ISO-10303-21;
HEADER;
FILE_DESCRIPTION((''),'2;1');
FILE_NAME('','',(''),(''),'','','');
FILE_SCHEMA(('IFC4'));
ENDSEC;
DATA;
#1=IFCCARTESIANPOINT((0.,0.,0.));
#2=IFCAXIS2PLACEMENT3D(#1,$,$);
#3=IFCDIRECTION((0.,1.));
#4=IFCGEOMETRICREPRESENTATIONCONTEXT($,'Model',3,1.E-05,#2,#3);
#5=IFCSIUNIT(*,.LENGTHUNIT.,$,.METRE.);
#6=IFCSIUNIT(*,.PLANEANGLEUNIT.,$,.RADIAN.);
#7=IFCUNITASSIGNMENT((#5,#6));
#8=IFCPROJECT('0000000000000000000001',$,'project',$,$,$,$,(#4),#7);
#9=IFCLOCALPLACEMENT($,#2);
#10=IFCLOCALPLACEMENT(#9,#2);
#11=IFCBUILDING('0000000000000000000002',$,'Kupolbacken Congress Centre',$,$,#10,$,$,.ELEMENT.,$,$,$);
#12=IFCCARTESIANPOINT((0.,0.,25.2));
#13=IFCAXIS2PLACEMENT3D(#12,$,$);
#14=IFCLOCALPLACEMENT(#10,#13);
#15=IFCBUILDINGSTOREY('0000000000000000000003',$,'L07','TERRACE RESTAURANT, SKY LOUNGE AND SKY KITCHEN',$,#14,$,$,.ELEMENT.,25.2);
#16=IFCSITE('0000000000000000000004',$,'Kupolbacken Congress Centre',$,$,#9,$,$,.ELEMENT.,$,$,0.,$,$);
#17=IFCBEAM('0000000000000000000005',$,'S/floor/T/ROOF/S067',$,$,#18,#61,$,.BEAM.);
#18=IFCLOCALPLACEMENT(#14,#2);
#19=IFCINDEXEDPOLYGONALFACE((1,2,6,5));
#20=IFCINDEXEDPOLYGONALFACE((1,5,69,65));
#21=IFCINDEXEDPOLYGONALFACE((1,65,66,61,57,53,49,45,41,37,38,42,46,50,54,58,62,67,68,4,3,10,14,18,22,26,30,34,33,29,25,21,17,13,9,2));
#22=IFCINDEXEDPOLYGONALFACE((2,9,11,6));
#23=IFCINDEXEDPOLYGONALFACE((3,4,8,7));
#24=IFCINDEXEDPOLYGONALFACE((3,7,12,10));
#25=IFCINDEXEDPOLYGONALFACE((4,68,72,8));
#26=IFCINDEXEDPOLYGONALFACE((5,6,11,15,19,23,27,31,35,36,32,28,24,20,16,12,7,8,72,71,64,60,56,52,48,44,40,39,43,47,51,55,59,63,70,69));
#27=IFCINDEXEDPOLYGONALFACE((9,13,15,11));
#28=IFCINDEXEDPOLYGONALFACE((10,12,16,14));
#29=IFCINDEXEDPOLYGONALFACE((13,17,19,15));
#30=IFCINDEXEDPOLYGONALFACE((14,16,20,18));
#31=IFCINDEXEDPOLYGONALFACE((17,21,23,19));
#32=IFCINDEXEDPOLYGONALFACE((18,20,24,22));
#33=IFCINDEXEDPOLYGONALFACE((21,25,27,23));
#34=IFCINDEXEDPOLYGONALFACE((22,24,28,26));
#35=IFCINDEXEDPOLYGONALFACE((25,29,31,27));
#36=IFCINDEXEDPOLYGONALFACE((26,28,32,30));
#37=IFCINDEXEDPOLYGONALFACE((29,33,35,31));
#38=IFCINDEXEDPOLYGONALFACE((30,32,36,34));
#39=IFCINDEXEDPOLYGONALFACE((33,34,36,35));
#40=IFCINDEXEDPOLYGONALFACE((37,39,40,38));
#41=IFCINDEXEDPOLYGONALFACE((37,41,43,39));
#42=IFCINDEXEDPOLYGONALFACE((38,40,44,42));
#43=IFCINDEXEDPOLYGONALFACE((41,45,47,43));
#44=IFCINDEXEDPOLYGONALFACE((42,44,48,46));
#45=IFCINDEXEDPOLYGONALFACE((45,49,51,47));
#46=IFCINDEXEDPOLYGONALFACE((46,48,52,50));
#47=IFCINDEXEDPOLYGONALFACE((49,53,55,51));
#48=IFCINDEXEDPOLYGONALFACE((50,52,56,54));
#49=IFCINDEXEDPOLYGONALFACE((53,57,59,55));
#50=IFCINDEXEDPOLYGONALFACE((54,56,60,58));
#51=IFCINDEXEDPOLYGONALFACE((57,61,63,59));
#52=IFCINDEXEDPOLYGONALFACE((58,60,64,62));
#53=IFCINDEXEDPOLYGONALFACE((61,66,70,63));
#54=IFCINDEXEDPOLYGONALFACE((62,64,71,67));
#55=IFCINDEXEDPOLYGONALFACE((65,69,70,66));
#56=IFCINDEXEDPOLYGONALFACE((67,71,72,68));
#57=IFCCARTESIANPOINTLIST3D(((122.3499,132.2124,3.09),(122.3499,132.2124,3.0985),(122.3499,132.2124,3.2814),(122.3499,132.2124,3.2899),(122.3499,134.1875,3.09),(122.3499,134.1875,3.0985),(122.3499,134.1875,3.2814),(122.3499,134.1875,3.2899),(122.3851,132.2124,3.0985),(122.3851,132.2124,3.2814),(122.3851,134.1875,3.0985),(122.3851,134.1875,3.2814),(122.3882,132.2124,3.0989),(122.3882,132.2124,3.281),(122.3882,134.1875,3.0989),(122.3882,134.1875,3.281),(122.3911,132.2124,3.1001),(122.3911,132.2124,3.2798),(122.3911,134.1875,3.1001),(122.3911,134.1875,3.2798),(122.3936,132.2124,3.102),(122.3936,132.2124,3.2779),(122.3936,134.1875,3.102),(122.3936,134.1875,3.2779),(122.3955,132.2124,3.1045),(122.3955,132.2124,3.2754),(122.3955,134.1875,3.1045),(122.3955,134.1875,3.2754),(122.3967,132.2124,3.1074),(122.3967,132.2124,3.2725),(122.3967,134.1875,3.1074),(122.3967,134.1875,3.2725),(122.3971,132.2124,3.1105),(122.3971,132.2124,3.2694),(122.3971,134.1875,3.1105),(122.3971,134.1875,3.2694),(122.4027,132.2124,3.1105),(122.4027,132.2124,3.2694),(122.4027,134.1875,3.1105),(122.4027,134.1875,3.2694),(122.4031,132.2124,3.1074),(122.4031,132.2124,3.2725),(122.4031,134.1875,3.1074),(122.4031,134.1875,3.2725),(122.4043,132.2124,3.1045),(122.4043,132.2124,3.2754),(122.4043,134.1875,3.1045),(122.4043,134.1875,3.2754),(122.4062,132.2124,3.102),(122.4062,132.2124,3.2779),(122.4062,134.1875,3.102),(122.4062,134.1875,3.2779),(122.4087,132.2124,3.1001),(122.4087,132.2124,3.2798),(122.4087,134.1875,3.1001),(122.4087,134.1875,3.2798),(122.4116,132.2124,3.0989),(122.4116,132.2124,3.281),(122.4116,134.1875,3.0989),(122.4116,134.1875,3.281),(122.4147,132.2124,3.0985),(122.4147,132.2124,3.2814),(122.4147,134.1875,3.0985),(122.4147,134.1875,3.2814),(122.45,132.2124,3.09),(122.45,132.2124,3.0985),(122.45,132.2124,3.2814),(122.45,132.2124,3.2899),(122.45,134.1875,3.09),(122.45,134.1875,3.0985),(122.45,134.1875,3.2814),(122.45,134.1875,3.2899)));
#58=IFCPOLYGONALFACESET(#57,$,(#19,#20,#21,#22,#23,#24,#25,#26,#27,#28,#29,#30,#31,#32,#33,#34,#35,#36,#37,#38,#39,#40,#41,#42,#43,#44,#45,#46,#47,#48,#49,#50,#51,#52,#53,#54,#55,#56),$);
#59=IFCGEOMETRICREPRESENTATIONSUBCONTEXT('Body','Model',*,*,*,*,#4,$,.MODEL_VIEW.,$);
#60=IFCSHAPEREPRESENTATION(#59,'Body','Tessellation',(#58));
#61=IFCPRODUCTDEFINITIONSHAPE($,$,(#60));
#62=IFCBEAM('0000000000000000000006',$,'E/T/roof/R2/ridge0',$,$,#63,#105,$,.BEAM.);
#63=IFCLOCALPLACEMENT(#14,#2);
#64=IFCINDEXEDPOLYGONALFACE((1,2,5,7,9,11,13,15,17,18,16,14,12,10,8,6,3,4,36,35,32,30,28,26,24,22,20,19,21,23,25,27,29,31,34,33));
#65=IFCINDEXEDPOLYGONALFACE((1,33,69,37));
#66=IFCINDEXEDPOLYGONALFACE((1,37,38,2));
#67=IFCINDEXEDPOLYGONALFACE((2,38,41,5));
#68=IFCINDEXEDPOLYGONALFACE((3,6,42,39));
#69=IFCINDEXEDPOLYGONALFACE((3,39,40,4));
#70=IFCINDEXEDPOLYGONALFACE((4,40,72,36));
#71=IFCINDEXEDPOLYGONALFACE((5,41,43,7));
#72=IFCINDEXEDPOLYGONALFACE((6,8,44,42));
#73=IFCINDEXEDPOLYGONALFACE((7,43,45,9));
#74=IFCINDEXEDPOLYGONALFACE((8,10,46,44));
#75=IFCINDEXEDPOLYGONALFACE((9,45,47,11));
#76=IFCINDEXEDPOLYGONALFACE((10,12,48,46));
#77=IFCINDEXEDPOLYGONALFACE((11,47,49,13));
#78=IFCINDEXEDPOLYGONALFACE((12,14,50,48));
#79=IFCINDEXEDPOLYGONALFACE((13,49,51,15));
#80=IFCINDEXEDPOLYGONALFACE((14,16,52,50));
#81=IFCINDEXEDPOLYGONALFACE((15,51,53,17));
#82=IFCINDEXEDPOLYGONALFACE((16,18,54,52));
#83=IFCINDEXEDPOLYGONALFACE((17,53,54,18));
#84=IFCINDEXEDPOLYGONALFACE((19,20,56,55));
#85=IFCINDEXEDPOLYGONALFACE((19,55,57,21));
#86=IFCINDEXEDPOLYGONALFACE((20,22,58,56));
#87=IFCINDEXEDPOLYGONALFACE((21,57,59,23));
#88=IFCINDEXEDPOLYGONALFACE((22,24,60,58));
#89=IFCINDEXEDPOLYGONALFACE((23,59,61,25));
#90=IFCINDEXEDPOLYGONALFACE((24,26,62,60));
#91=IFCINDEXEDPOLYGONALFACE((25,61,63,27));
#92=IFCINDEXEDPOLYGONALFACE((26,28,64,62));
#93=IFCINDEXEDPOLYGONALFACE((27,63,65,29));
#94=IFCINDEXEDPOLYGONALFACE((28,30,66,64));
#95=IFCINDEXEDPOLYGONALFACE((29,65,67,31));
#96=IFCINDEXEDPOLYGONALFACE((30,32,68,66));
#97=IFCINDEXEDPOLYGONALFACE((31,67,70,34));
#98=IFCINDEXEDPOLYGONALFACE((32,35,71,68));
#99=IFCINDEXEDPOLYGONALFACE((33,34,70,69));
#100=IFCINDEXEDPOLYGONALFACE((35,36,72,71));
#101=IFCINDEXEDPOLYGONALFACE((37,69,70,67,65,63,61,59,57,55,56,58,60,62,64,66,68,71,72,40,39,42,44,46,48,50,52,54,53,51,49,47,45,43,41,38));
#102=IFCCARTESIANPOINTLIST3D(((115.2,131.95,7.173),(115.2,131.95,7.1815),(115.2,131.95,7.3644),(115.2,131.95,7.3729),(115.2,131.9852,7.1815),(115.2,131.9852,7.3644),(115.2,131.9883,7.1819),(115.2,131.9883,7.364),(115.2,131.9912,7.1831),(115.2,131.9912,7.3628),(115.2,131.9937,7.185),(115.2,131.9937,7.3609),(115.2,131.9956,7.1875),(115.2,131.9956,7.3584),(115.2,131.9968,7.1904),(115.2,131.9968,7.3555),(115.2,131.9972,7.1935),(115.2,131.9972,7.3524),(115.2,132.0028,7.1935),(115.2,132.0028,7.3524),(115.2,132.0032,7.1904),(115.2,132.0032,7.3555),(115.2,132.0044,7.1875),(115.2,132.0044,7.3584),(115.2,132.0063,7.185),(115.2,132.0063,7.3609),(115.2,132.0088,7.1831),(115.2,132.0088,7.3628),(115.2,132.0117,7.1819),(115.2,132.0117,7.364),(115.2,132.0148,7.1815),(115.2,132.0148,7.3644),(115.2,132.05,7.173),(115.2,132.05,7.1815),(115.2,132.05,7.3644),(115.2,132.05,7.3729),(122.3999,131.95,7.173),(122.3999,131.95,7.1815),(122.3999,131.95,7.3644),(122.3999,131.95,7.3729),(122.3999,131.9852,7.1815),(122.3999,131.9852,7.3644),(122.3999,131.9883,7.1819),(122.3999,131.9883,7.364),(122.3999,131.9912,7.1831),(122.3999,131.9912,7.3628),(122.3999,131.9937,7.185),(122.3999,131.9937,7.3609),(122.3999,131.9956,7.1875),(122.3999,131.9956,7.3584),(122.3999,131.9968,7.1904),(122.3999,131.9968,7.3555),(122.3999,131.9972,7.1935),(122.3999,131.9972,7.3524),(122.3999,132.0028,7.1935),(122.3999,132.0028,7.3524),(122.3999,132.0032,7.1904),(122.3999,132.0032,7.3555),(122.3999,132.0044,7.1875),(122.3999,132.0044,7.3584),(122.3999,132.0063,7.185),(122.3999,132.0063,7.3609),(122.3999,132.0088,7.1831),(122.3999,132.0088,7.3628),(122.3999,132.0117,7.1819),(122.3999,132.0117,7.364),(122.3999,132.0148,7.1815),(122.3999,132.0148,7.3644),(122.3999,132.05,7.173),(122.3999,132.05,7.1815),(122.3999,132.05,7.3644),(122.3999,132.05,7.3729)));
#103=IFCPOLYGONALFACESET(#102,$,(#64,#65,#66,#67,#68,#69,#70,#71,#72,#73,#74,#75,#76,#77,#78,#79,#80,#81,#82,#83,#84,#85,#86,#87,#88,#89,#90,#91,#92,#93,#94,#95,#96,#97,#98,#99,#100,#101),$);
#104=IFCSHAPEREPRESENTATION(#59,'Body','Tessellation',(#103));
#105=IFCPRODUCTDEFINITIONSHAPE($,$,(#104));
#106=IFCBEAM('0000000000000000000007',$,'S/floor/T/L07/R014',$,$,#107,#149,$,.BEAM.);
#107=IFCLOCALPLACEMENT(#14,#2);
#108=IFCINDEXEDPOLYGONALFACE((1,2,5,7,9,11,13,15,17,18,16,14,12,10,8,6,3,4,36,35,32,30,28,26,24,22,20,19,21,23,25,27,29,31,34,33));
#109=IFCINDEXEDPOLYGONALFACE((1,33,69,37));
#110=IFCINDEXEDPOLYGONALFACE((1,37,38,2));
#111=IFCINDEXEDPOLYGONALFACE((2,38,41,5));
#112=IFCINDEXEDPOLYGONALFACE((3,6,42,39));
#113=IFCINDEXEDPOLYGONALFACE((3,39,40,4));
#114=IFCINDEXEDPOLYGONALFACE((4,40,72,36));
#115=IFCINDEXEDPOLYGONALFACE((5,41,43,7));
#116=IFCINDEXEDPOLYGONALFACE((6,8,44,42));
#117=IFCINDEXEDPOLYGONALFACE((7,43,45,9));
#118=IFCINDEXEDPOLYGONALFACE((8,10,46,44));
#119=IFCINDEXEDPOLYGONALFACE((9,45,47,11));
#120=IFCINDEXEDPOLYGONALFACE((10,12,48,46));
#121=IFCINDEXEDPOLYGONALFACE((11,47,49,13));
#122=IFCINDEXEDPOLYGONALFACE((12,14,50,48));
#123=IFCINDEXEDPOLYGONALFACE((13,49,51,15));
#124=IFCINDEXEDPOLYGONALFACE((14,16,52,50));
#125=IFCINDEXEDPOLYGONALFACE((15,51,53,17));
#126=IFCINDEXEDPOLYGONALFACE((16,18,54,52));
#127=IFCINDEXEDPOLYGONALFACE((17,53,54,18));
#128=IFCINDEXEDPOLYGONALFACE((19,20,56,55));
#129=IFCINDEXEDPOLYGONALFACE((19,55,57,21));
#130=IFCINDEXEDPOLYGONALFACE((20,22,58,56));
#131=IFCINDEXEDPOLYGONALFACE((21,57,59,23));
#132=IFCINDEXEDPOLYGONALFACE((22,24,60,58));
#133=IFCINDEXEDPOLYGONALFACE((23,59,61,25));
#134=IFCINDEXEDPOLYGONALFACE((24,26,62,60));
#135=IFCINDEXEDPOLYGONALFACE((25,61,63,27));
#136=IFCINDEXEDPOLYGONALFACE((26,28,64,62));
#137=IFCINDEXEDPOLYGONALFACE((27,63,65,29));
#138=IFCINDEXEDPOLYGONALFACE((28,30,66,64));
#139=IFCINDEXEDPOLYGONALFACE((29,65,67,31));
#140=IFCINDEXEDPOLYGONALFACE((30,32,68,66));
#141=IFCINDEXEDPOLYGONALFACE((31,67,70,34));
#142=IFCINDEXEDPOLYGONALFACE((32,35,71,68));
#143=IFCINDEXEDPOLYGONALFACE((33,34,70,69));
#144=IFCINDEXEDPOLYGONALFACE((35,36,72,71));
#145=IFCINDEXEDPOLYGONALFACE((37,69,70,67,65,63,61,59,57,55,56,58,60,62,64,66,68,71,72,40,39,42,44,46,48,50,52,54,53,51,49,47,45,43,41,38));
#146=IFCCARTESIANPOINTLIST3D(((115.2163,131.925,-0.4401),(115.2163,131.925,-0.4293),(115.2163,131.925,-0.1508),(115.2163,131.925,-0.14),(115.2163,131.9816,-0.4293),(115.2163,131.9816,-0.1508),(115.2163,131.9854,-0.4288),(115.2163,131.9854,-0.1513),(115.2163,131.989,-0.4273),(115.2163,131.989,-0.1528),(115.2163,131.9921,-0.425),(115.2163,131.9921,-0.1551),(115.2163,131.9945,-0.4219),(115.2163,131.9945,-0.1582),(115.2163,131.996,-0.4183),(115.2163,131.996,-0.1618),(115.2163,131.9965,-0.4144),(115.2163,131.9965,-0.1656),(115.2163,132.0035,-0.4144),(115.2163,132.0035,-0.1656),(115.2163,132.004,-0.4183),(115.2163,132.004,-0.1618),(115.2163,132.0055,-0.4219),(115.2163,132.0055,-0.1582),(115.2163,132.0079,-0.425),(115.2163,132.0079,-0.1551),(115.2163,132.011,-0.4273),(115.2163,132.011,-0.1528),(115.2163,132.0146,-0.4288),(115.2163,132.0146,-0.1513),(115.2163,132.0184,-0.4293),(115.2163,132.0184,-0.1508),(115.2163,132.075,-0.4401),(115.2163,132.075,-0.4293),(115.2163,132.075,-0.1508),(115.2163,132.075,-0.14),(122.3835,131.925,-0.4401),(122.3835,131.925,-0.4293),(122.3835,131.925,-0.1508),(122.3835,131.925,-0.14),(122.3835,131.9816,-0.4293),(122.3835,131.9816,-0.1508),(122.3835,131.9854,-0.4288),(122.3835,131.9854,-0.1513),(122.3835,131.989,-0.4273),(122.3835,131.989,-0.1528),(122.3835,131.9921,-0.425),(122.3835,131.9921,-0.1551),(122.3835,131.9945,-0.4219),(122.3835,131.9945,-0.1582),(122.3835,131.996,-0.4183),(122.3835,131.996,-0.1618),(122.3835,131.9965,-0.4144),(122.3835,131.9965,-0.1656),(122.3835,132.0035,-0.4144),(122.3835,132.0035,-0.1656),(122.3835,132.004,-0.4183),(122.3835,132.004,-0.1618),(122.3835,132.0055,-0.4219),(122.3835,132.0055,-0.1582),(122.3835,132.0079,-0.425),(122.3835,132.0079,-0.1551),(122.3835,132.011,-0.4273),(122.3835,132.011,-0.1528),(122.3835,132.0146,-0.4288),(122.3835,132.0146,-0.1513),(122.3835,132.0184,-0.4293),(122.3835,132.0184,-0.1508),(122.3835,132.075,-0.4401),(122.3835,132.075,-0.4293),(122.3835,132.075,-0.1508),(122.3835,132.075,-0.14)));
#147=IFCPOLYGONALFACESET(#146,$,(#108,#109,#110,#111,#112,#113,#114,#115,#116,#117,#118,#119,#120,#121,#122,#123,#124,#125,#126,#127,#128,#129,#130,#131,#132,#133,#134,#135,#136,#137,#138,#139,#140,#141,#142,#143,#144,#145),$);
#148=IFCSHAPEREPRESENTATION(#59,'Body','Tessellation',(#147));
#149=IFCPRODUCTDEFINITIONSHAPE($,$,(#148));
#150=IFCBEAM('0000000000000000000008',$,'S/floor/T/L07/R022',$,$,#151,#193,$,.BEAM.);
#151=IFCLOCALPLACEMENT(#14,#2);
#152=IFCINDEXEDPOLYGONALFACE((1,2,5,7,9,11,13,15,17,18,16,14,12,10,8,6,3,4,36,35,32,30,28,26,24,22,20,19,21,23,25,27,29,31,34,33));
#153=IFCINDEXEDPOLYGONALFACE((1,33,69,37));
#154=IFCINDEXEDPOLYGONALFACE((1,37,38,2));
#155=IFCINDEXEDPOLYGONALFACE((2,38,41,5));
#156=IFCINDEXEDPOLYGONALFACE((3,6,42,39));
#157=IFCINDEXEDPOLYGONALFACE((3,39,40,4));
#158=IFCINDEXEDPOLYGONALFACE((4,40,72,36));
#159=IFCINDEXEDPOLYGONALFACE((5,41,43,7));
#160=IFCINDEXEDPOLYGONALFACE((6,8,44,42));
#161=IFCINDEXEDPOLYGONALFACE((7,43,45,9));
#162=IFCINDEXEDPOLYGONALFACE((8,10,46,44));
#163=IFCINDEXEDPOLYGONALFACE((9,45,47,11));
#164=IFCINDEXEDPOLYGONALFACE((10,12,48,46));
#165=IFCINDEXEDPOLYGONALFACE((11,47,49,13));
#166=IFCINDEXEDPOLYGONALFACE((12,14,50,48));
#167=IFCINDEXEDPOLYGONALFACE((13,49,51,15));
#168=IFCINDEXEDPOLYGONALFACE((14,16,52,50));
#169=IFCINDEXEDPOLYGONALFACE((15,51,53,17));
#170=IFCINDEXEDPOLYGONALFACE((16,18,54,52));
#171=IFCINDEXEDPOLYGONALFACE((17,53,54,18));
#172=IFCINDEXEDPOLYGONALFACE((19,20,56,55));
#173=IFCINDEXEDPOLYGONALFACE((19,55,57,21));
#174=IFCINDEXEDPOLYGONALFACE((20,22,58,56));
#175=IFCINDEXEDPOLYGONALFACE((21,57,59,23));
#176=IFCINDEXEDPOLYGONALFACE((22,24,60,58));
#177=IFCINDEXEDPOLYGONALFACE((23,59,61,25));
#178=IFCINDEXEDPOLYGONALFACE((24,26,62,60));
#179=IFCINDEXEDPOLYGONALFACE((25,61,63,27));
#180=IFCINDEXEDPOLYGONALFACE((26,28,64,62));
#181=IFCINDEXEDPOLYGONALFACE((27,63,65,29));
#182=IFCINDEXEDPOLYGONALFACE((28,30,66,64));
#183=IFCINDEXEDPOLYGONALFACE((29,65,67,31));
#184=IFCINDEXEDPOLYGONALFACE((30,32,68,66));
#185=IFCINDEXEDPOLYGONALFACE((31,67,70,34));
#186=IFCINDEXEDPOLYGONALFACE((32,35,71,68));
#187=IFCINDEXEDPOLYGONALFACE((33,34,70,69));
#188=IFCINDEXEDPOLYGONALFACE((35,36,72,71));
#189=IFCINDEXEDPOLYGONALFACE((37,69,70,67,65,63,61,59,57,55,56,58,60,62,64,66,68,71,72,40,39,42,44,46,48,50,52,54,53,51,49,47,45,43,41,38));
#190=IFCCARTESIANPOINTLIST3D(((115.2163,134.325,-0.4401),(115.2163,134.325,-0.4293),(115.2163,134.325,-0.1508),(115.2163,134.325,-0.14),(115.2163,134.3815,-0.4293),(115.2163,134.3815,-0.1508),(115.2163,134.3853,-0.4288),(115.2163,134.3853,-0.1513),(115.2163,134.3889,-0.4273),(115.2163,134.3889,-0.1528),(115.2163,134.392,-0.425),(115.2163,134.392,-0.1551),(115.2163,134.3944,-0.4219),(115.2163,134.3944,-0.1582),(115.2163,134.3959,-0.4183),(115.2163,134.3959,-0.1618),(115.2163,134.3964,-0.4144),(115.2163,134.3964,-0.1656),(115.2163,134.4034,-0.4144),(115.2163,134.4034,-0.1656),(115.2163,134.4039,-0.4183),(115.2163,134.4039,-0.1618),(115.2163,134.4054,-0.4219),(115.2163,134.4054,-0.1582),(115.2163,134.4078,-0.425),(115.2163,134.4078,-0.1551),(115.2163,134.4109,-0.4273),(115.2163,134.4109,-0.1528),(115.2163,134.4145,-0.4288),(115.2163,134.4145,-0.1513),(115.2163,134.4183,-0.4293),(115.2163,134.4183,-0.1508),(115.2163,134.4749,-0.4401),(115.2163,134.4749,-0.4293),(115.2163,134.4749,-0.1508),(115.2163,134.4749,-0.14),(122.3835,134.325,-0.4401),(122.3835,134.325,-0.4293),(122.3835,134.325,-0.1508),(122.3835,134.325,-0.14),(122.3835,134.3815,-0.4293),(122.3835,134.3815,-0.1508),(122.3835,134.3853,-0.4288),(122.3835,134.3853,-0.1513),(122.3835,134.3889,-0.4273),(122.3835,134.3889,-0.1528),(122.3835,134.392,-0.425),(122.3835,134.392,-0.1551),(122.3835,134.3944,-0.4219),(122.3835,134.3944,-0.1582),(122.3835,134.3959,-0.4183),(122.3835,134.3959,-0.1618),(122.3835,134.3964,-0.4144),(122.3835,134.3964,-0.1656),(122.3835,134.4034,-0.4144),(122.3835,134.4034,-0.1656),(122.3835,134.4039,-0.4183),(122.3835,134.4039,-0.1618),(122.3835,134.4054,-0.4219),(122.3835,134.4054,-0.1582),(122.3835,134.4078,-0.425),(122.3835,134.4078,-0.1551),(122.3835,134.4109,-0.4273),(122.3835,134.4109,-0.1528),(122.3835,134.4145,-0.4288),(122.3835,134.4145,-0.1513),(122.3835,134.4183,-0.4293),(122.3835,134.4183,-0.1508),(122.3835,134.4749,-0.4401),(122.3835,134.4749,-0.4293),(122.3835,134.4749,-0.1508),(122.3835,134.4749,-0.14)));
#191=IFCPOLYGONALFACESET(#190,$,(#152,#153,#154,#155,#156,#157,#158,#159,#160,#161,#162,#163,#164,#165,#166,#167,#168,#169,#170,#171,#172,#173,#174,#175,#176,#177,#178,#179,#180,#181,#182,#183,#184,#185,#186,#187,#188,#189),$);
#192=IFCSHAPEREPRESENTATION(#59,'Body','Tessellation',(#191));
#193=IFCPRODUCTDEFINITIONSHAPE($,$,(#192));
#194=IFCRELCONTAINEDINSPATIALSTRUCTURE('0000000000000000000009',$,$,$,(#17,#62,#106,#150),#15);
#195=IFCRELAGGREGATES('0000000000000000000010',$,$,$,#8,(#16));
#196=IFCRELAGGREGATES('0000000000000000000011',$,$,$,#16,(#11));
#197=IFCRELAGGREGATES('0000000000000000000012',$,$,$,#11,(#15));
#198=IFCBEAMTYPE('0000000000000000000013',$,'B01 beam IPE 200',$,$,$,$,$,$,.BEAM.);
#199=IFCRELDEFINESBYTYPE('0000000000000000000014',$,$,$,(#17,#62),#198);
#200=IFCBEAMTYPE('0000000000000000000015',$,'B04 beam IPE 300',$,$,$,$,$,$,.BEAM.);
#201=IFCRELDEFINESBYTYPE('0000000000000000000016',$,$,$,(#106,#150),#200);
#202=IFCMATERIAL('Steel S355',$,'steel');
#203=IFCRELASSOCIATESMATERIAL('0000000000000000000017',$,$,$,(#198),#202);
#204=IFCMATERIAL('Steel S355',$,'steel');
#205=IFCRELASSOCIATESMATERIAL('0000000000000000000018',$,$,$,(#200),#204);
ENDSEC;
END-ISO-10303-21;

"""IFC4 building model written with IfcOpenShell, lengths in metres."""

from ifc_helpers import new_model, si_unit, direction, frame, origin, origin_2d, place, context, subcontext, project, spatial, i_section, extrude, material, material_profile, profile_set, type_object, element, save


model = new_model("IFC4")

# Units and contexts
model_context = context("Model", 3, precision=1e-05, world=origin(), true_north=direction((0.0, 1.0)))
body_context = subcontext(model_context, "Body", "Model", "MODEL_VIEW")
ifc_project = project(units=[si_unit("LENGTHUNIT", "METRE"), si_unit("PLANEANGLEUNIT", "RADIAN")], contexts=[model_context])

# Site, building, storey
site_placement = place(None, origin())
site = spatial("IfcSite", under=ifc_project, at=site_placement, Name="Kupolbacken Congress Centre", CompositionType="ELEMENT", RefElevation=0.0)
building_placement = place(site_placement, origin())
building = spatial("IfcBuilding", under=site, at=building_placement, Name="Kupolbacken Congress Centre", CompositionType="ELEMENT")
storey_placement = place(building_placement, frame((0.0, 0.0, 25.2)))
storey = spatial("IfcBuildingStorey", under=building, at=storey_placement, Name="L07", Description="TERRACE RESTAURANT, SKY LOUNGE AND SKY KITCHEN", CompositionType="ELEMENT", Elevation=25.2)

# Beams
ifc_material_1 = material(Name="Steel S355", Category="steel")
ifc_material_profile_1 = material_profile(ifc_material_1, i_section(OverallWidth=0.1001, OverallDepth=0.2, WebThickness=0.0056, FlangeThickness=0.0085, FilletRadius=0.012, at=origin_2d()), Name="IPE 200")
ifc_profile_set_1 = profile_set([ifc_material_profile_1], Name="Steel S355")
beam_type_1 = type_object("IfcBeamType", Name="B01 beam IPE 200", PredefinedType="BEAM", material=ifc_profile_set_1)
beam_1_placement = place(storey_placement, frame((122.3999, 132.2124, 3.1899), z_axis=(0.0, 1.0, 0.0), x_axis=(-1.0, 0.0, 0.0)))
element("IfcBeam", 1, at=beam_1_placement, inside=storey, type_object=beam_type_1, Name="S/floor/T/ROOF/S067", PredefinedType="BEAM", context=body_context, shape_type="SweptSolid", body=[
    extrude(i_section(OverallWidth=0.1001, OverallDepth=0.2, WebThickness=0.0056, FlangeThickness=0.0085, FilletRadius=0.012, at=origin_2d()), origin(), (0.0, 0.0, 1.0), 1.9751),
])
beam_2_placement = place(storey_placement, frame((115.2, 132.0, 7.2729), z_axis=(1.0, 0.0, 0.0), x_axis=(0.0, 1.0, 0.0)))
element("IfcBeam", 2, at=beam_2_placement, inside=storey, type_object=beam_type_1, Name="E/T/roof/R2/ridge0", PredefinedType="BEAM", context=body_context, shape_type="SweptSolid", body=[
    extrude(i_section(OverallWidth=0.1001, OverallDepth=0.2, WebThickness=0.0056, FlangeThickness=0.0085, FilletRadius=0.012, at=origin_2d()), origin(), (0.0, 0.0, 1.0), 7.2),
])
ifc_material_2 = material(Name="Steel S355", Category="steel")
ifc_material_profile_2 = material_profile(ifc_material_2, i_section(OverallWidth=0.1499, OverallDepth=0.3, WebThickness=0.0071, FlangeThickness=0.0107, FilletRadius=0.0149, at=origin_2d()), Name="IPE 300")
ifc_profile_set_2 = profile_set([ifc_material_profile_2], Name="Steel S355")
beam_type_2 = type_object("IfcBeamType", Name="B04 beam IPE 300", PredefinedType="BEAM", material=ifc_profile_set_2)
for number, where, z_axis, x_axis, name in (
    (3, (115.2163, 132.0, -0.29), (1.0, 0.0, 0.0), (0.0, 1.0, 0.0), "S/floor/T/L07/R014"),
    (4, (115.2163, 134.3999, -0.29), (1.0, 0.0, 0.0), (0.0, 1.0, 0.0), "S/floor/T/L07/R022"),
):
    element("IfcBeam", number, at=place(storey_placement, frame(where, z_axis=z_axis, x_axis=x_axis)), inside=storey, type_object=beam_type_2, Name=name, PredefinedType="BEAM", context=body_context, shape_type="SweptSolid", body=[
        extrude(i_section(OverallWidth=0.1499, OverallDepth=0.3, WebThickness=0.0071, FlangeThickness=0.0107, FilletRadius=0.0149, at=origin_2d()), origin(), (0.0, 0.0, 1.0), 7.1672),
    ])

save(model, "model.ifc")
